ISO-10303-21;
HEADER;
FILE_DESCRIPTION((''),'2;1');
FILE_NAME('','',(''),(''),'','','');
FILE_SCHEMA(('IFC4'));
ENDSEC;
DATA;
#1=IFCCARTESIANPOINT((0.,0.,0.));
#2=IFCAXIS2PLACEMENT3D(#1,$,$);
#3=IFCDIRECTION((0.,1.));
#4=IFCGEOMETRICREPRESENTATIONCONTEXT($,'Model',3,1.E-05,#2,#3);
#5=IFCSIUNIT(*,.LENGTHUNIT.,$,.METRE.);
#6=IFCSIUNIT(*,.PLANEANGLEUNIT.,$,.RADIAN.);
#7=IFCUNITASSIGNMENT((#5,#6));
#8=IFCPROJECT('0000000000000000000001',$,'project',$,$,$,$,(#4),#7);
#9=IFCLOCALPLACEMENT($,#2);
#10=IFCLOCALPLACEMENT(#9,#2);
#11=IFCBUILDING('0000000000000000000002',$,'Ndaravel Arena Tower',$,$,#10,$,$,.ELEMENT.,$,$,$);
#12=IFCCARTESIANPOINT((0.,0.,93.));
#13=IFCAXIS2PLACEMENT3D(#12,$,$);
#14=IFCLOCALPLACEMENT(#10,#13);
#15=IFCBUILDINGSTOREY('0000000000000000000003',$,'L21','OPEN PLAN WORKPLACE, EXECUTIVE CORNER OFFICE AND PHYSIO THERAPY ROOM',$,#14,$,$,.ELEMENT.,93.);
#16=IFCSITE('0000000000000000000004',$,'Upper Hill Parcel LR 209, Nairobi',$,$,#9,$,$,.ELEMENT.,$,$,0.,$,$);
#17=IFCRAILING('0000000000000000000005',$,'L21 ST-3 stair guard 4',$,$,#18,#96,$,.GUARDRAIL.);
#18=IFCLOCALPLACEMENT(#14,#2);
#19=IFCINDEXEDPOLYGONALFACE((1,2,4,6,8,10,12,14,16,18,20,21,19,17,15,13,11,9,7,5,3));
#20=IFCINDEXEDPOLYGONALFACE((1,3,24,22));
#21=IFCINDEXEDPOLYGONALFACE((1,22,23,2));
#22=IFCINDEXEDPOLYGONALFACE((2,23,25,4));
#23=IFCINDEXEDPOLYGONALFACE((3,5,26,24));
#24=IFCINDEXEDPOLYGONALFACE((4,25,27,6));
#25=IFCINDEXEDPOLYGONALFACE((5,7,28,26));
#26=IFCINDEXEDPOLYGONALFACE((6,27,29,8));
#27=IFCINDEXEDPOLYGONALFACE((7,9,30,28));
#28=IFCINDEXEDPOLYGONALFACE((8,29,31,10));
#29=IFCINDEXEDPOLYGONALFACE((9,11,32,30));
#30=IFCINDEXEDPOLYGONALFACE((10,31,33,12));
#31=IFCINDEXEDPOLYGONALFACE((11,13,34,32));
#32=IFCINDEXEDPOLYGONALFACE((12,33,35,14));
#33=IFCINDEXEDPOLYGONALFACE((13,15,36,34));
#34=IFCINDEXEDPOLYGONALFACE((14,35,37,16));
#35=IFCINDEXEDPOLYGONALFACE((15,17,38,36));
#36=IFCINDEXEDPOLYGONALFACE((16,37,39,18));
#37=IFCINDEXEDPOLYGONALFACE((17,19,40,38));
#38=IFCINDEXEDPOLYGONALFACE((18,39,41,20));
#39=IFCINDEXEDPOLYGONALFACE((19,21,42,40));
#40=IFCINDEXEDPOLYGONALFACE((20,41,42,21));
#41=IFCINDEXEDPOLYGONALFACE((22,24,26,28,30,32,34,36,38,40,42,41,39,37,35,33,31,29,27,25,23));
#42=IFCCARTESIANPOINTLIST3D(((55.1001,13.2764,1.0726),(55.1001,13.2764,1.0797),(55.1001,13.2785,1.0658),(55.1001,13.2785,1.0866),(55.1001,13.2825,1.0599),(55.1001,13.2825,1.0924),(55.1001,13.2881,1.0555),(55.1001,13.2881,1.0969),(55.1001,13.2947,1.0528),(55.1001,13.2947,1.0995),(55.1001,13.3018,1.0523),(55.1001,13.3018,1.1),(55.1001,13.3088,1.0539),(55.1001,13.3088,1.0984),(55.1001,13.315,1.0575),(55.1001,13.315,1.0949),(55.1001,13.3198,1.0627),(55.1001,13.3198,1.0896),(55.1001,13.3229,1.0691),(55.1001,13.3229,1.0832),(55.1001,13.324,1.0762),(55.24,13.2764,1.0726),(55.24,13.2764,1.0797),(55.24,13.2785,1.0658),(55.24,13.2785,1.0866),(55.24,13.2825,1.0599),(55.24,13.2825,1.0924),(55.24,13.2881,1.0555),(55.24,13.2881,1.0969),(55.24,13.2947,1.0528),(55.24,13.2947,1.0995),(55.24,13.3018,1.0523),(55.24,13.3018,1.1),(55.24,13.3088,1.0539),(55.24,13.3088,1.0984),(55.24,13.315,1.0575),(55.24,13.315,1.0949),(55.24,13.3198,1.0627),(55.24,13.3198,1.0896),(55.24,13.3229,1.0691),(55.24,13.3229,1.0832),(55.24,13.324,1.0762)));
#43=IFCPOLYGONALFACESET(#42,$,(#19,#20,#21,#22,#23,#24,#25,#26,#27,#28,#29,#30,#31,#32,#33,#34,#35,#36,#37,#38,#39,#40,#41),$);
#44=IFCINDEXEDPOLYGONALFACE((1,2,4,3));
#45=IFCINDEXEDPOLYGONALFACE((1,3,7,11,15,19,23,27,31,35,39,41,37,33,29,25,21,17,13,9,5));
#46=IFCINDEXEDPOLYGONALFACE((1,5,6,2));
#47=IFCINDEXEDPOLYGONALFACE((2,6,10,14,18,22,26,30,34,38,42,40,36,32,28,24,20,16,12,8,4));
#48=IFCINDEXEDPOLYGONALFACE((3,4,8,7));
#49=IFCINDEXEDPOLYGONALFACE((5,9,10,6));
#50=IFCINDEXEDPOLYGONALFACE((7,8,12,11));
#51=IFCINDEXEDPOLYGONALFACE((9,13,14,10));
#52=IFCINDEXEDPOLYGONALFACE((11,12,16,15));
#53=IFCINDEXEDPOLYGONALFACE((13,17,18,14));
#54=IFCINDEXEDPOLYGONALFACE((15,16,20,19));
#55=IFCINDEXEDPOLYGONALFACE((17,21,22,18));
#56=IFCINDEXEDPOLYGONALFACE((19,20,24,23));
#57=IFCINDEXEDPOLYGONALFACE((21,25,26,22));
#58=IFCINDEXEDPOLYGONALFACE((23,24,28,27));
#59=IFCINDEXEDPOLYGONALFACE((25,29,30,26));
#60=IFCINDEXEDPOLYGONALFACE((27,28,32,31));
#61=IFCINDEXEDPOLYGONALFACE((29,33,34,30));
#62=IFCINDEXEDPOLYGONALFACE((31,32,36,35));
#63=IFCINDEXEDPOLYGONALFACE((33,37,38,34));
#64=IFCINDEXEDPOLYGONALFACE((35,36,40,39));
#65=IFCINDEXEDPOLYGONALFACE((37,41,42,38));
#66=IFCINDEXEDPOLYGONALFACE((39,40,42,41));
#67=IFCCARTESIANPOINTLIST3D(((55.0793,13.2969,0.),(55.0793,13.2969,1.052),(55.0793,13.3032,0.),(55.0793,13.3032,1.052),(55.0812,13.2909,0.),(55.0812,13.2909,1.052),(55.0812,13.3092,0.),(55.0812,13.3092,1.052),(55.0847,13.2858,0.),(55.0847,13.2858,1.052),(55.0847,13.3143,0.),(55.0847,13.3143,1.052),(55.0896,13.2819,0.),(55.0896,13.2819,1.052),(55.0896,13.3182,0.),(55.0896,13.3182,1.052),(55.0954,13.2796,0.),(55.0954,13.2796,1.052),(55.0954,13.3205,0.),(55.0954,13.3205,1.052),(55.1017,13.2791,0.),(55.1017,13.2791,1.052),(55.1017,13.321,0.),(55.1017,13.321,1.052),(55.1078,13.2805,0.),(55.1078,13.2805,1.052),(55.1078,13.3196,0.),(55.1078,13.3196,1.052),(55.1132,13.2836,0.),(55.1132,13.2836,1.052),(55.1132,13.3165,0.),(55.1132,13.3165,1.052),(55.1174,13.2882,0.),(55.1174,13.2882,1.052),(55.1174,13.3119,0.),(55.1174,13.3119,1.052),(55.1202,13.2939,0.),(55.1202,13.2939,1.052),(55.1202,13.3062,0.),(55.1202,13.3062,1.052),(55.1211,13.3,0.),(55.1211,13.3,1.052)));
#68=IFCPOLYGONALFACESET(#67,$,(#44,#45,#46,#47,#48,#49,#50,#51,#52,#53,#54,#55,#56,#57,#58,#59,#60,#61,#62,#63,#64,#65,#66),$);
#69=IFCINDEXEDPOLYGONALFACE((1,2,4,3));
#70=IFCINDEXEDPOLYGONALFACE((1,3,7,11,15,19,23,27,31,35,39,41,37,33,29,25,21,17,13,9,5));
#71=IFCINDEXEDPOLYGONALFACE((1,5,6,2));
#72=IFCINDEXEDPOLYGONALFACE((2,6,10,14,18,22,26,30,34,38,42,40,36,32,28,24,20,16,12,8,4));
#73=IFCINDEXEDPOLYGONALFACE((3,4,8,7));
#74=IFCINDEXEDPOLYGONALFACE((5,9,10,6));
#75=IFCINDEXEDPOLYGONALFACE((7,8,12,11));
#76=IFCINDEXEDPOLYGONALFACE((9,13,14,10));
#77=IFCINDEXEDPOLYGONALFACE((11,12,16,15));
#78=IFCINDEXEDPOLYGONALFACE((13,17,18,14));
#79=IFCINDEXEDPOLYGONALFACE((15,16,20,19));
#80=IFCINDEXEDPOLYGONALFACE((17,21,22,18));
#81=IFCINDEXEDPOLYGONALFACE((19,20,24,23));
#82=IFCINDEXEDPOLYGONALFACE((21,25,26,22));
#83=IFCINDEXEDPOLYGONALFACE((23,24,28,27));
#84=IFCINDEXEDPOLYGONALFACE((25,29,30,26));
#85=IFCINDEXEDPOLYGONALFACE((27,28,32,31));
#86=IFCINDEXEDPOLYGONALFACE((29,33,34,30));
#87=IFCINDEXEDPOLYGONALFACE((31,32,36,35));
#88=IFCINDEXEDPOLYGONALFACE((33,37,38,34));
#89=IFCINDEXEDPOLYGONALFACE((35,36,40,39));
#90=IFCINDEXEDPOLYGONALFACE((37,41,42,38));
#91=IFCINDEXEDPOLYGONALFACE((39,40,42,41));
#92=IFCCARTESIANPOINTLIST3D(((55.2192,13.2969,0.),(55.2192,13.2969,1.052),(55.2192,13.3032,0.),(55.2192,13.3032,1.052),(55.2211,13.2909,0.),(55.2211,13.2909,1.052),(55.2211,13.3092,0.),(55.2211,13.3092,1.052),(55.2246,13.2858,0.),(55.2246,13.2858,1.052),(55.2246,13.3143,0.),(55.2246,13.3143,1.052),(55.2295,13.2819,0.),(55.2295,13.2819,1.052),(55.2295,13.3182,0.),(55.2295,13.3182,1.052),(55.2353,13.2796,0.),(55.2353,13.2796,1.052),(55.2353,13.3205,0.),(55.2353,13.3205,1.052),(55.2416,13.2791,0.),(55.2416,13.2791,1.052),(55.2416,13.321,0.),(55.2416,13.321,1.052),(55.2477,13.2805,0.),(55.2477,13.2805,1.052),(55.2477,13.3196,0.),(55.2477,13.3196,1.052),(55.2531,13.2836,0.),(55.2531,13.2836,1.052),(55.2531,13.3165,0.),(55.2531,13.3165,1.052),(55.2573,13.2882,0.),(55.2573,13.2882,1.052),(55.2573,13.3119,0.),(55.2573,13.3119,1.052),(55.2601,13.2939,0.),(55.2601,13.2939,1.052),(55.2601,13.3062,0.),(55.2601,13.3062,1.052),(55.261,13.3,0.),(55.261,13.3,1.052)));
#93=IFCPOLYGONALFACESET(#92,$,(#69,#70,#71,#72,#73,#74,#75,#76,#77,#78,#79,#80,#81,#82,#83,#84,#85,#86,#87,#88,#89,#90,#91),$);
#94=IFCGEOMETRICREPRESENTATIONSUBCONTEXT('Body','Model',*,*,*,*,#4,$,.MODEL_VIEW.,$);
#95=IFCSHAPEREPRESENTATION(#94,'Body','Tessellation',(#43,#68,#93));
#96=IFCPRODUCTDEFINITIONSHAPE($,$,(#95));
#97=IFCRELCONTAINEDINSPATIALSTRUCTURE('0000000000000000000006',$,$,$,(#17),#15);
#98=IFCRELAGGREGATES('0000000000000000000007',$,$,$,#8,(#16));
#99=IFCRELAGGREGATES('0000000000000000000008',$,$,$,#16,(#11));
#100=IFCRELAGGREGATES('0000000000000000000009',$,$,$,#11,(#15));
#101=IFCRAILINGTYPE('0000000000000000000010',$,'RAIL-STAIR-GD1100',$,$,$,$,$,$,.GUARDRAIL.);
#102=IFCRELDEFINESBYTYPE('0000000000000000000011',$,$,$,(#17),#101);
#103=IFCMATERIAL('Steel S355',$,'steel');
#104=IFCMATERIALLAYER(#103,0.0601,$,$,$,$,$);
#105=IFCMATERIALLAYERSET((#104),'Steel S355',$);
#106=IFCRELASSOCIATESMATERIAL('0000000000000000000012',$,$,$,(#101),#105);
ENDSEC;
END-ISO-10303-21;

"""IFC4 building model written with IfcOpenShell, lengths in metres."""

from ifc_helpers import new_model, si_unit, direction, frame, origin, origin_2d, place, context, subcontext, project, spatial, circle, extrude, material, layer, layer_set, type_object, element, save


model = new_model("IFC4")

# Units and contexts
model_context = context("Model", 3, precision=1e-05, world=origin(), true_north=direction((0.0, 1.0)))
body_context = subcontext(model_context, "Body", "Model", "MODEL_VIEW")
ifc_project = project(units=[si_unit("LENGTHUNIT", "METRE"), si_unit("PLANEANGLEUNIT", "RADIAN")], contexts=[model_context])

# Site, building, storey
site_placement = place(None, origin())
site = spatial("IfcSite", under=ifc_project, at=site_placement, Name="Upper Hill Parcel LR 209, Nairobi", CompositionType="ELEMENT", RefElevation=0.0)
building_placement = place(site_placement, origin())
building = spatial("IfcBuilding", under=site, at=building_placement, Name="Ndaravel Arena Tower", CompositionType="ELEMENT")
storey_placement = place(building_placement, frame((0.0, 0.0, 93.0)))
storey = spatial("IfcBuildingStorey", under=building, at=storey_placement, Name="L21", Description="OPEN PLAN WORKPLACE, EXECUTIVE CORNER OFFICE AND PHYSIO THERAPY ROOM", CompositionType="ELEMENT", Elevation=93.0)

# Railing
ifc_material_1 = material(Name="Steel S355", Category="steel")
ifc_layer_1 = layer(ifc_material_1, 0.0601)
ifc_layer_set_1 = layer_set([ifc_layer_1], Name="Steel S355")
railing_type_1 = type_object("IfcRailingType", Name="RAIL-STAIR-GD1100", PredefinedType="GUARDRAIL", material=ifc_layer_set_1)
railing_1_placement = place(storey_placement, frame((55.1001, 13.3, 0.0)))
element("IfcRailing", 1, at=railing_1_placement, inside=storey, type_object=railing_type_1, Name="L21 ST-3 stair guard 4", PredefinedType="GUARDRAIL", context=body_context, shape_type="SweptSolid", body=[
    extrude(circle(Radius=0.0239, at=origin_2d()), frame((0.0, 0.0, 1.0762), z_axis=(1.0, 0.0, 0.0), x_axis=(0.0, 1.0, 0.0)), (0.0, 0.0, 1.0), 0.1399),
    extrude(circle(Radius=0.021, at=origin_2d()), origin(), (0.0, 0.0, 1.0), 1.052),
    extrude(circle(Radius=0.021, at=origin_2d()), frame((0.1399, 0.0, 0.0)), (0.0, 0.0, 1.0), 1.052),
])

save(model, "model.ifc")
